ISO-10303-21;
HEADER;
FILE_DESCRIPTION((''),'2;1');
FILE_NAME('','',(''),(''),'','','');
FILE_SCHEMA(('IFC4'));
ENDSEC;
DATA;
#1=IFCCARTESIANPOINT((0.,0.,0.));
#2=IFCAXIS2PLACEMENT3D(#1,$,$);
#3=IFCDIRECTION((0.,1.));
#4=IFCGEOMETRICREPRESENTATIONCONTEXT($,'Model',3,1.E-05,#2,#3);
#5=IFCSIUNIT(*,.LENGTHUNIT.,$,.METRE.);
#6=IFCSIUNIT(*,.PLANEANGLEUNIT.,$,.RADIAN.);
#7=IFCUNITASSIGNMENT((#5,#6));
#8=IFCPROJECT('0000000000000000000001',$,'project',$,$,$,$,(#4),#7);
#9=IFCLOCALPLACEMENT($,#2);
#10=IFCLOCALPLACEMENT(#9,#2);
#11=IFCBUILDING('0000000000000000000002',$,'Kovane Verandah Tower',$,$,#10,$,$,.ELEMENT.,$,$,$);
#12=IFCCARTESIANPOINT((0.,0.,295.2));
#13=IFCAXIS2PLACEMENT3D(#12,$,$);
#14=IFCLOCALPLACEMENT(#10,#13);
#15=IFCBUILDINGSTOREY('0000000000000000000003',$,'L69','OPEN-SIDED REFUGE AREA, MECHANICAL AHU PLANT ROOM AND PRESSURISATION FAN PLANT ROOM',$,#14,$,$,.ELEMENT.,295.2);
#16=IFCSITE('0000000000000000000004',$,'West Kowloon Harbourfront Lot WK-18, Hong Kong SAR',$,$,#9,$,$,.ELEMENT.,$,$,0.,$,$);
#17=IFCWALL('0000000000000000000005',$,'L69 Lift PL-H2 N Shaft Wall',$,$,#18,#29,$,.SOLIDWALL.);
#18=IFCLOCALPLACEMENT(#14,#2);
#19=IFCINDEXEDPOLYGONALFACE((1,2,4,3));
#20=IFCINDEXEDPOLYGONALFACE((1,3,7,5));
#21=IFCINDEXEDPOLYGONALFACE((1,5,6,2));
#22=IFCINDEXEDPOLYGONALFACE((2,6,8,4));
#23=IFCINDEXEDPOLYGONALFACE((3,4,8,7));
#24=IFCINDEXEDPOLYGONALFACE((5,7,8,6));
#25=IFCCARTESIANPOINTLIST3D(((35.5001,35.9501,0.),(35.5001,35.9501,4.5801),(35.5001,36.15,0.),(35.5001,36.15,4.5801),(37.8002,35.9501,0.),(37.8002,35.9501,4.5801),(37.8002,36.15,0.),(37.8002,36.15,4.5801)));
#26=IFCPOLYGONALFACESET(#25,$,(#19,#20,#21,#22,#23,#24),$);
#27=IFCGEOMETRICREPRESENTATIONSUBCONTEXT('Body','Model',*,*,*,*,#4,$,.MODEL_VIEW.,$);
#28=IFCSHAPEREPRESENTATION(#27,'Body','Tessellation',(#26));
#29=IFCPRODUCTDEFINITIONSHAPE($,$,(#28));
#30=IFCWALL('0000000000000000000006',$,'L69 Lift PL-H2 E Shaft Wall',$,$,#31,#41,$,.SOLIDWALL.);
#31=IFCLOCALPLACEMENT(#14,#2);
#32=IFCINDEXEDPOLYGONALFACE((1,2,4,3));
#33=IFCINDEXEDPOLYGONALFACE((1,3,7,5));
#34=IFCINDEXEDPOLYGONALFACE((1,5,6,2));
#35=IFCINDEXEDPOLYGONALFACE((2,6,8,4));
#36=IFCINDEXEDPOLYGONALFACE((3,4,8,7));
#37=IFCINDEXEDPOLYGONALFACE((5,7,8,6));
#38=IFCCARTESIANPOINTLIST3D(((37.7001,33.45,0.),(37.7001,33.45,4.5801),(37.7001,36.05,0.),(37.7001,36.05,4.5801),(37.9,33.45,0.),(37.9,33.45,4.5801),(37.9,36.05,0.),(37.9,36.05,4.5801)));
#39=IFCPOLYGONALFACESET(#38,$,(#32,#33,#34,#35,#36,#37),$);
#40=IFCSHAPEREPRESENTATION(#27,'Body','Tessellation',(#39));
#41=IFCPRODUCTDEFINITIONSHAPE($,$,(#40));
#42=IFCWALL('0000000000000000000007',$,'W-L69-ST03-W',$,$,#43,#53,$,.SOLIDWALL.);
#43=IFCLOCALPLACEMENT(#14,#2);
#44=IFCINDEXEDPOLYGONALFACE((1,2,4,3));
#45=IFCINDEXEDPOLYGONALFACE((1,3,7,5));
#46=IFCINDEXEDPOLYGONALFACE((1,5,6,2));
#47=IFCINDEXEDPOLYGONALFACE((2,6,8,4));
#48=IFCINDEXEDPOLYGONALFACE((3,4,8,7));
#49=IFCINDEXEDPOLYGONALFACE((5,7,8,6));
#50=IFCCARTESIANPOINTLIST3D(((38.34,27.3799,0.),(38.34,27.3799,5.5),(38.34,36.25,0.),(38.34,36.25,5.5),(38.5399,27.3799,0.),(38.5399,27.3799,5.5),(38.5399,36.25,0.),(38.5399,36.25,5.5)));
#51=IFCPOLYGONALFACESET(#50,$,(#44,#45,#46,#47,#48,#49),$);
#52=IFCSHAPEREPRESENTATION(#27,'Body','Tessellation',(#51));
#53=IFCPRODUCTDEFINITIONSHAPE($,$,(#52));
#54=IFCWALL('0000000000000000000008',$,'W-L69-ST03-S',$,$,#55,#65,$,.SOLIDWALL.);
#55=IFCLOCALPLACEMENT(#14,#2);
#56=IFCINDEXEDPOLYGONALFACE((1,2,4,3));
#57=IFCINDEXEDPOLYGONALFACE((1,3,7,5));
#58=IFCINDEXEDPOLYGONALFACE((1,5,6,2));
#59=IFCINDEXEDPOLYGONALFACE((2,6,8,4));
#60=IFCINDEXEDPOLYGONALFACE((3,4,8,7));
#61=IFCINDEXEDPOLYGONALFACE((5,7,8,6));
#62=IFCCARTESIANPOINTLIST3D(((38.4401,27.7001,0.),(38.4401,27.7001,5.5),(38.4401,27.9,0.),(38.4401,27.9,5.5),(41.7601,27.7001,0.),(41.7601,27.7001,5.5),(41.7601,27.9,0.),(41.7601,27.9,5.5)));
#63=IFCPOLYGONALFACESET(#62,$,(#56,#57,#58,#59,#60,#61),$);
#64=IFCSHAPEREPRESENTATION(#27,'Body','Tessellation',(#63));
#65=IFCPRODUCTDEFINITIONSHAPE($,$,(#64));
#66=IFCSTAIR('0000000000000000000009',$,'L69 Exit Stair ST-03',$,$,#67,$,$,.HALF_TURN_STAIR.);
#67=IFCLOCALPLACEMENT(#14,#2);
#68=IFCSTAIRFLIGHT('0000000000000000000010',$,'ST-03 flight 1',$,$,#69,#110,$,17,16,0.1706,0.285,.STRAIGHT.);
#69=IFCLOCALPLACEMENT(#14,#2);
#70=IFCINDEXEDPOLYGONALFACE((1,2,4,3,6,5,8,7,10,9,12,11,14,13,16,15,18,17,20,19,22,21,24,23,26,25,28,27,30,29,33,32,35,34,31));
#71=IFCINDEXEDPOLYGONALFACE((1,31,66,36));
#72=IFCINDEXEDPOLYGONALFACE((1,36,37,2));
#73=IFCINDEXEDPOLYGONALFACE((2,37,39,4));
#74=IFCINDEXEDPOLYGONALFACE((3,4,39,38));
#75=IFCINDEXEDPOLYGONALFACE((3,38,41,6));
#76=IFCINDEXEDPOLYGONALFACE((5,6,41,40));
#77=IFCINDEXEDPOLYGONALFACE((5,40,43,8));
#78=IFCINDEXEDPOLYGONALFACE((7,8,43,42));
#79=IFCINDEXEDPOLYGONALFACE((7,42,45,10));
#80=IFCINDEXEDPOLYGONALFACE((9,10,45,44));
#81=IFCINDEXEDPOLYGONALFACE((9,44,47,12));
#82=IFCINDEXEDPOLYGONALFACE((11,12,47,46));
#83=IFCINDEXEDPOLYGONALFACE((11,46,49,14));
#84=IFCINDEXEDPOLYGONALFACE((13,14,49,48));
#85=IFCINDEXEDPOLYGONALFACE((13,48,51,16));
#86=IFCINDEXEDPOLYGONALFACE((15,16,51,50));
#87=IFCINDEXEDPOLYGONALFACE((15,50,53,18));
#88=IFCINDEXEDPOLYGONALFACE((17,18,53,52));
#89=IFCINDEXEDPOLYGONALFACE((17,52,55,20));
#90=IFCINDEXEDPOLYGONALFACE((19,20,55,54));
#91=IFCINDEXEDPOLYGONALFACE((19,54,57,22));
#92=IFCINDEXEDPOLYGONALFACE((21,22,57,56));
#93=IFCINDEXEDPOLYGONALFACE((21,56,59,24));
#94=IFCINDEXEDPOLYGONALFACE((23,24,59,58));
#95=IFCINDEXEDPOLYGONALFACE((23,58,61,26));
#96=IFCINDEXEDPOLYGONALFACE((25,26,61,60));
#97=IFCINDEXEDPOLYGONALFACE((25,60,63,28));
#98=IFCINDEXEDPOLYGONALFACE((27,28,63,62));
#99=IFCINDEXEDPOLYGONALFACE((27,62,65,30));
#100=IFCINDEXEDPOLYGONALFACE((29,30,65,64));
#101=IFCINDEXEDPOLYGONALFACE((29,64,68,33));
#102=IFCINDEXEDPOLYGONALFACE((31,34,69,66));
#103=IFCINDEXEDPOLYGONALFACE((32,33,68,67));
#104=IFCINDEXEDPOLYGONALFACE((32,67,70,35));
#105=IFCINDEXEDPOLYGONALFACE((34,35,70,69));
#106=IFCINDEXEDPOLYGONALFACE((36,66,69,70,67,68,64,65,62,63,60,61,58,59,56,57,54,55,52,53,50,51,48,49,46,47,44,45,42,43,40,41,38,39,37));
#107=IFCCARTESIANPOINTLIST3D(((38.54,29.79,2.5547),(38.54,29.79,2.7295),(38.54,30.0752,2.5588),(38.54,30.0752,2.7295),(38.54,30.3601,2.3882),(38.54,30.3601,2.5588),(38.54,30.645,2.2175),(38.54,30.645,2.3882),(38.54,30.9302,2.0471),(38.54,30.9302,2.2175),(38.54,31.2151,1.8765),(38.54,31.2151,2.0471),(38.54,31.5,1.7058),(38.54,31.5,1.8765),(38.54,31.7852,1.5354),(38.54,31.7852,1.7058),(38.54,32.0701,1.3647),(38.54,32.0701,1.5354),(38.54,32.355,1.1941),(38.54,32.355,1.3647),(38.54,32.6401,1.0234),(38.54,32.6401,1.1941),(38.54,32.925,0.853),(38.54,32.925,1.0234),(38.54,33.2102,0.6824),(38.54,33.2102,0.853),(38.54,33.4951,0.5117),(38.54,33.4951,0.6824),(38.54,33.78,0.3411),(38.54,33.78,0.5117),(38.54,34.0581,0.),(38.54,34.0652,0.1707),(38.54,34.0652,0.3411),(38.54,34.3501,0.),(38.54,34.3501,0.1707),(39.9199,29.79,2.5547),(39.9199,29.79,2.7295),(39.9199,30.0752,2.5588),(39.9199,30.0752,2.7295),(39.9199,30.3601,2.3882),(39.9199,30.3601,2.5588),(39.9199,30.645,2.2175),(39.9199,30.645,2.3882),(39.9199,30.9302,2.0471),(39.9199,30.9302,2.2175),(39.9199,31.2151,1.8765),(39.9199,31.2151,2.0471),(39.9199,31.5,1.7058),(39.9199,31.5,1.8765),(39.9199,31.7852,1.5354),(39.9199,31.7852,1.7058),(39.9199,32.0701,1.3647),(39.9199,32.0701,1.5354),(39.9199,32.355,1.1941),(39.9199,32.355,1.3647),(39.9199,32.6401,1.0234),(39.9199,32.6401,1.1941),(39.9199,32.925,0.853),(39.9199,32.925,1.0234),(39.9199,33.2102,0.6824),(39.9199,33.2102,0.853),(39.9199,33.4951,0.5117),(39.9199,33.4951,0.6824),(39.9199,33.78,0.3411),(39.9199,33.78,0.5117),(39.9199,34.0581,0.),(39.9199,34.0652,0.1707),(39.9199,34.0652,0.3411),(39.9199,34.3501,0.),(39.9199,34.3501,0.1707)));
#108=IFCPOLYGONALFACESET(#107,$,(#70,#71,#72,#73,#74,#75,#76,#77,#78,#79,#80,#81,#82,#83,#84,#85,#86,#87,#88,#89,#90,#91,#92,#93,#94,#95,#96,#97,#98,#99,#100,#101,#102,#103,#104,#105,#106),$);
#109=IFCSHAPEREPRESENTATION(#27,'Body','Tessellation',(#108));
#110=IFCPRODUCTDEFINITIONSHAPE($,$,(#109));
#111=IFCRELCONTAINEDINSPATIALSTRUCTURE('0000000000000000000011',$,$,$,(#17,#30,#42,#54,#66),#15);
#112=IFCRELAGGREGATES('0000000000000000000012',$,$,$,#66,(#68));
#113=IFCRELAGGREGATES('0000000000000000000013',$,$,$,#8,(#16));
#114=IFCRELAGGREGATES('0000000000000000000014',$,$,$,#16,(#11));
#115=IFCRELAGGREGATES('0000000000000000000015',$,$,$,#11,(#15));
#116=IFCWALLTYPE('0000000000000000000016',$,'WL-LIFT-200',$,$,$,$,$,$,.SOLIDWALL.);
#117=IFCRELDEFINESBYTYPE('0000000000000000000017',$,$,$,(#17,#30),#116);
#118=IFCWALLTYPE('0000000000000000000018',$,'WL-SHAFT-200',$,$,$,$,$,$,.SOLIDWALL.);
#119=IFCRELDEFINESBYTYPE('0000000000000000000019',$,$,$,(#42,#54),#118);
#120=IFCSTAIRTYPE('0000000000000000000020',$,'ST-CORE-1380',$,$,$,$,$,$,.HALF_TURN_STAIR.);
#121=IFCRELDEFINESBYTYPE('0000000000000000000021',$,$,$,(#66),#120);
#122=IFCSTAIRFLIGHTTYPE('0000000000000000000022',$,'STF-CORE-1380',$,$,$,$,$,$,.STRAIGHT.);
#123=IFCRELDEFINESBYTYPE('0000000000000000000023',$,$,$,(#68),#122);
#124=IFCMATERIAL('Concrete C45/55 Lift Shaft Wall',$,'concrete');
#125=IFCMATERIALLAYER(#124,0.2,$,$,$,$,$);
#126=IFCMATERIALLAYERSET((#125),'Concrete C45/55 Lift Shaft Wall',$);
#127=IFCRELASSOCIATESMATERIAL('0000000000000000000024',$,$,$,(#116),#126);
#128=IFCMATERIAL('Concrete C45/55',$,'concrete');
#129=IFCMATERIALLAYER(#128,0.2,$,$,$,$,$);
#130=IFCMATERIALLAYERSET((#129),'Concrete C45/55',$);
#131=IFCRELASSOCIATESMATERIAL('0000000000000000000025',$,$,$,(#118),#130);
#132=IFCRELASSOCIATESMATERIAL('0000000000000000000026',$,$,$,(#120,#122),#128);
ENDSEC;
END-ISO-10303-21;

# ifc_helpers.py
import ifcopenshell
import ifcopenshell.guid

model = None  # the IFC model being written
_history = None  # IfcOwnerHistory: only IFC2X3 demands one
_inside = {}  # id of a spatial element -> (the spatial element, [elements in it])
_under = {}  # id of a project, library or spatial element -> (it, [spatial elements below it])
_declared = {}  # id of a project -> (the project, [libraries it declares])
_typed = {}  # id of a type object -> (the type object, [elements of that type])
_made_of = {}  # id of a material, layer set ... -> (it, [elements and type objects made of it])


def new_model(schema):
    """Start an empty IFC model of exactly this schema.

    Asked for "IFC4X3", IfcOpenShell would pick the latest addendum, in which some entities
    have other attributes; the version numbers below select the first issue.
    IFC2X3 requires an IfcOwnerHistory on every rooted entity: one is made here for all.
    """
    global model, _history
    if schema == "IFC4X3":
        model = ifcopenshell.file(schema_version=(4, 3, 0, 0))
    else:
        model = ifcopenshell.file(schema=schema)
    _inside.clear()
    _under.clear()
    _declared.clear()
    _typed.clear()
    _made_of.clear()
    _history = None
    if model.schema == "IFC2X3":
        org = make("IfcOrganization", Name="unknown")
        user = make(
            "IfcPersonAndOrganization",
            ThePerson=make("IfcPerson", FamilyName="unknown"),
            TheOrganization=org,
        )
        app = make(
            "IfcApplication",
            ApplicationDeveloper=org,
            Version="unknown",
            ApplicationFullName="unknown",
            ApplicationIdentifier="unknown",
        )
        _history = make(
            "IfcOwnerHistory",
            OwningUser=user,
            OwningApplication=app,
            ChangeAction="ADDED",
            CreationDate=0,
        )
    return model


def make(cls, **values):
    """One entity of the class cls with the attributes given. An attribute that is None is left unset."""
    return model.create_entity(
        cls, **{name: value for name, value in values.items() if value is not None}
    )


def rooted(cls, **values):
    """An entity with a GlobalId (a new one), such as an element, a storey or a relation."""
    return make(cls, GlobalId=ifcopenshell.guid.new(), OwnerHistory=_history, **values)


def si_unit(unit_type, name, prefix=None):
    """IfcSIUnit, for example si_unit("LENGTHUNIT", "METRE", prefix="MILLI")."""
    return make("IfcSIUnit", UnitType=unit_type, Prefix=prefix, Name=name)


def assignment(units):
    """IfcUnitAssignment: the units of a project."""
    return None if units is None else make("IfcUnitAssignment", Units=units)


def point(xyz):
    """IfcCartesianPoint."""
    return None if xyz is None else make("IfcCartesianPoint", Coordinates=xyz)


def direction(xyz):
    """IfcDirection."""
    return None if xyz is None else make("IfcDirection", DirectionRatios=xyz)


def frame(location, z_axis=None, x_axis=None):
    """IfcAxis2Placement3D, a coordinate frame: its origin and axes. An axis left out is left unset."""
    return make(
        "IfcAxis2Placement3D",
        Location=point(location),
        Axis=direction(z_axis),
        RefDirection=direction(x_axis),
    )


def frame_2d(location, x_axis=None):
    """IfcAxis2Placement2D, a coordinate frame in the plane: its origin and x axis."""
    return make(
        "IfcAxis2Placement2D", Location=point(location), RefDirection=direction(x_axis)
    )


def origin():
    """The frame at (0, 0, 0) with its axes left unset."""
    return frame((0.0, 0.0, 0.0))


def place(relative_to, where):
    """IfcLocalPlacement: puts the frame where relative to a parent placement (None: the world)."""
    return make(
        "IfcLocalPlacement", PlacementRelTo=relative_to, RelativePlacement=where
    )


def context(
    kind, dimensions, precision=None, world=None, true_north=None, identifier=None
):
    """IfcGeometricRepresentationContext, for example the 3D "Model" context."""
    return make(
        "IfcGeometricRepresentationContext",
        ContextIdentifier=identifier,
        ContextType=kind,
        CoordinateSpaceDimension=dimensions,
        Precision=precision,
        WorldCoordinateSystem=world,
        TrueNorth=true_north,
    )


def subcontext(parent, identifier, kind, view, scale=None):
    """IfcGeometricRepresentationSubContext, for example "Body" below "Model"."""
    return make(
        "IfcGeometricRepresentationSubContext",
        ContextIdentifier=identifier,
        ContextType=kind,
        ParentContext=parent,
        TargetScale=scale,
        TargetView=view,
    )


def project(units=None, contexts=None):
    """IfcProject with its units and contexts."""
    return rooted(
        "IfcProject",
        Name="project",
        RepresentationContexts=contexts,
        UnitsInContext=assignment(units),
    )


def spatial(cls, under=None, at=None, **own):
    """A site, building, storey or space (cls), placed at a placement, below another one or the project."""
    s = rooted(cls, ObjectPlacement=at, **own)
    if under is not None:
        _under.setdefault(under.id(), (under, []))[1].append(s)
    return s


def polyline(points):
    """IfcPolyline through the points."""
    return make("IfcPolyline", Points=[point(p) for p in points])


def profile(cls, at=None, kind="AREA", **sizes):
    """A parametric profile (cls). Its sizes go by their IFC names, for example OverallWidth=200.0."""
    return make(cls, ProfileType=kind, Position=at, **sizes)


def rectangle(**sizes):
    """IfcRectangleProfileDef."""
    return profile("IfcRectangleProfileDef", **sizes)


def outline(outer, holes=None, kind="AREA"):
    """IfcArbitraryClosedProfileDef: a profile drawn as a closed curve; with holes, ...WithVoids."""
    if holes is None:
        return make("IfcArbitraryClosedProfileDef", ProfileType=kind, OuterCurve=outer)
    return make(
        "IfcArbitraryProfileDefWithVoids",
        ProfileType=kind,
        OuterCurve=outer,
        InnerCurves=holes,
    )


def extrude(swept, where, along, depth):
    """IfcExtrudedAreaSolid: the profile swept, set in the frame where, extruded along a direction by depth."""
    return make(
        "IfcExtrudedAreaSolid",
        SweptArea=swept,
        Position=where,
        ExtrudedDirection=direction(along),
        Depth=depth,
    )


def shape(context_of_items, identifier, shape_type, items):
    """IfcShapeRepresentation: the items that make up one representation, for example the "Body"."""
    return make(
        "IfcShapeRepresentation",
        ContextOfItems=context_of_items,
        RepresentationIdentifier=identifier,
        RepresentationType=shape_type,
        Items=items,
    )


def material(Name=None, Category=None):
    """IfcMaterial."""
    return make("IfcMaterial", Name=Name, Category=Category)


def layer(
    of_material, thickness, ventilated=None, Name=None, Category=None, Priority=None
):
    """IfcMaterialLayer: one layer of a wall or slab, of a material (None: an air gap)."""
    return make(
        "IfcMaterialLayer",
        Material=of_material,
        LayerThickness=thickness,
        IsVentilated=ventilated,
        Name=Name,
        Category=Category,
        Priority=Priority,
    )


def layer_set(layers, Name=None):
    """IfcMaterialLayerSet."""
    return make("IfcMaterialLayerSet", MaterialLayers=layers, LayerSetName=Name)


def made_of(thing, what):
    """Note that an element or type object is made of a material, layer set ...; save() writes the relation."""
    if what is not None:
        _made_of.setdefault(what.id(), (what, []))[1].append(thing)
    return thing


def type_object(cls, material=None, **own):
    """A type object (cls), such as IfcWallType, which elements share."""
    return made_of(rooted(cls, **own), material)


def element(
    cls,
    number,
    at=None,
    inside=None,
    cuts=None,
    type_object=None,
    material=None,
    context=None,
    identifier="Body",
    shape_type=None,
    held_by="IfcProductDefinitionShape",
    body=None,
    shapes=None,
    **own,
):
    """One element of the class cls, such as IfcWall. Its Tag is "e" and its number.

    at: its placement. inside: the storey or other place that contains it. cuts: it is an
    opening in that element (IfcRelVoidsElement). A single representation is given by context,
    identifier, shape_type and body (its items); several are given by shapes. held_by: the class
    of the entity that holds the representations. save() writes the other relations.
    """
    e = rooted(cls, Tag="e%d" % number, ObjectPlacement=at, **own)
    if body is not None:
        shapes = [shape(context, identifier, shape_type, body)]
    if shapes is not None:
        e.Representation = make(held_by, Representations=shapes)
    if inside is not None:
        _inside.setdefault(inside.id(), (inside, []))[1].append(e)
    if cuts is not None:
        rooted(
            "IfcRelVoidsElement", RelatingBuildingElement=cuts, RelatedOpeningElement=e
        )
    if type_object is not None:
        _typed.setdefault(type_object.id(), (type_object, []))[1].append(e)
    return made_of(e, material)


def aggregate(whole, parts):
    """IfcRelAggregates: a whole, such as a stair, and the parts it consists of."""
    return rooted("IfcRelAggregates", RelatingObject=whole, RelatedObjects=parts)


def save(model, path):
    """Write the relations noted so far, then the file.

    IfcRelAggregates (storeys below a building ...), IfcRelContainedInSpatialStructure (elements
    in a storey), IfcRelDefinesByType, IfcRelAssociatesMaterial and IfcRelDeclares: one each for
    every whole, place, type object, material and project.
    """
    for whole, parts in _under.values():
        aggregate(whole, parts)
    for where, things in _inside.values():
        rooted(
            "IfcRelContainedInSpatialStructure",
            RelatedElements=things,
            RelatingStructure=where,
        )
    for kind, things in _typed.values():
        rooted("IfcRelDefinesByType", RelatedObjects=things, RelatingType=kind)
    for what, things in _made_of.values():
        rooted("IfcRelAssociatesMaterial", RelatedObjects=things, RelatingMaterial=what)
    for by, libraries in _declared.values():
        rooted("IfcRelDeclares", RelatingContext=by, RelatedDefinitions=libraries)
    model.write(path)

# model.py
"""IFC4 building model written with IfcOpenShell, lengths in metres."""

from ifc_helpers import new_model, si_unit, direction, frame, frame_2d, origin, place, context, subcontext, project, spatial, polyline, rectangle, outline, extrude, material, layer, layer_set, type_object, element, aggregate, save


model = new_model("IFC4")

# Units and contexts
model_context = context("Model", 3, precision=1e-05, world=origin(), true_north=direction((0.0, 1.0)))
body_context = subcontext(model_context, "Body", "Model", "MODEL_VIEW")
ifc_project = project(units=[si_unit("LENGTHUNIT", "METRE"), si_unit("PLANEANGLEUNIT", "RADIAN")], contexts=[model_context])

# Site, building, storey
site_placement = place(None, origin())
site = spatial("IfcSite", under=ifc_project, at=site_placement, Name="West Kowloon Harbourfront Lot WK-18, Hong Kong SAR", CompositionType="ELEMENT", RefElevation=0.0)
building_placement = place(site_placement, origin())
building = spatial("IfcBuilding", under=site, at=building_placement, Name="Kovane Verandah Tower", CompositionType="ELEMENT")
storey_placement = place(building_placement, frame((0.0, 0.0, 295.2)))
storey = spatial("IfcBuildingStorey", under=building, at=storey_placement, Name="L69", Description="OPEN-SIDED REFUGE AREA, MECHANICAL AHU PLANT ROOM AND PRESSURISATION FAN PLANT ROOM", CompositionType="ELEMENT", Elevation=295.2)

# Shared definitions
ifc_material_1 = material(Name="Concrete C45/55 Lift Shaft Wall", Category="concrete")
ifc_layer_1 = layer(ifc_material_1, 0.2)
ifc_layer_set_1 = layer_set([ifc_layer_1], Name="Concrete C45/55 Lift Shaft Wall")
wall_type_1 = type_object("IfcWallType", Name="WL-LIFT-200", PredefinedType="SOLIDWALL", material=ifc_layer_set_1)

# Walls
wall_1_placement = place(storey_placement, frame((37.8, 36.05, 0.0), z_axis=(0.0, 0.0, 1.0), x_axis=(-1.0, 0.0, 0.0)))
element("IfcWall", 1, at=wall_1_placement, inside=storey, type_object=wall_type_1, Name="L69 Lift PL-H2 N Shaft Wall", PredefinedType="SOLIDWALL", context=body_context, shape_type="SweptSolid", body=[
    extrude(rectangle(XDim=2.3, YDim=0.2, at=frame_2d((1.1499, 0.0))), origin(), (0.0, 0.0, 1.0), 4.5801),
])
wall_2_placement = place(storey_placement, frame((37.8, 33.45, 0.0), z_axis=(0.0, 0.0, 1.0), x_axis=(0.0, 1.0, 0.0)))
element("IfcWall", 2, at=wall_2_placement, inside=storey, type_object=wall_type_1, Name="L69 Lift PL-H2 E Shaft Wall", PredefinedType="SOLIDWALL", context=body_context, shape_type="SweptSolid", body=[
    extrude(rectangle(XDim=2.6001, YDim=0.2, at=frame_2d((1.3, 0.0))), origin(), (0.0, 0.0, 1.0), 4.5801),
])
ifc_material_2 = material(Name="Concrete C45/55", Category="concrete")
ifc_layer_2 = layer(ifc_material_2, 0.2)
ifc_layer_set_2 = layer_set([ifc_layer_2], Name="Concrete C45/55")
wall_type_2 = type_object("IfcWallType", Name="WL-SHAFT-200", PredefinedType="SOLIDWALL", material=ifc_layer_set_2)
wall_3_placement = place(storey_placement, frame((38.4399, 27.3799, 0.0), z_axis=(0.0, 0.0, 1.0), x_axis=(0.0, 1.0, 0.0)))
element("IfcWall", 3, at=wall_3_placement, inside=storey, type_object=wall_type_2, Name="W-L69-ST03-W", PredefinedType="SOLIDWALL", context=body_context, shape_type="SweptSolid", body=[
    extrude(rectangle(XDim=8.8701, YDim=0.2, at=frame_2d((4.4351, 0.0))), origin(), (0.0, 0.0, 1.0), 5.5),
])
wall_4_placement = place(storey_placement, frame((38.4399, 27.8, 0.0), z_axis=(0.0, 0.0, 1.0), x_axis=(1.0, 0.0, 0.0)))
element("IfcWall", 4, at=wall_4_placement, inside=storey, type_object=wall_type_2, Name="W-L69-ST03-S", PredefinedType="SOLIDWALL", context=body_context, shape_type="SweptSolid", body=[
    extrude(rectangle(XDim=3.3201, YDim=0.2, at=frame_2d((1.6602, 0.0))), origin(), (0.0, 0.0, 1.0), 5.5),
])

# Stair, stair flight
stair_type = type_object("IfcStairType", Name="ST-CORE-1380", PredefinedType="HALF_TURN_STAIR", material=ifc_material_2)
stair_placement = place(storey_placement, origin())
stair = element("IfcStair", 5, at=stair_placement, inside=storey, type_object=stair_type, Name="L69 Exit Stair ST-03", PredefinedType="HALF_TURN_STAIR")
stair_flight_type = type_object("IfcStairFlightType", Name="STF-CORE-1380", PredefinedType="STRAIGHT", material=ifc_material_2)
stair_flight_placement = place(storey_placement, frame((39.23, 34.3501, 0.0), z_axis=(0.0, 0.0, 1.0), x_axis=(0.0, -1.0, 0.0)))
stair_flight = element("IfcStairFlight", 6, at=stair_flight_placement, type_object=stair_flight_type, Name="ST-03 flight 1", NumberOfRisers=17, NumberOfTreads=16, PredefinedType="STRAIGHT", RiserHeight=0.1706, TreadLength=0.285, context=body_context, shape_type="SweptSolid", body=[
    extrude(outline(polyline([(0.0, 0.0), (0.0, 0.1707), (0.2849, 0.1707), (0.2849, 0.3411), (0.5701, 0.3411), (0.5701, 0.5117), (0.855, 0.5117), (0.855, 0.6824), (1.1399, 0.6824), (1.1399, 0.853), (1.425, 0.853), (1.425, 1.0234), (1.71, 1.0234), (1.71, 1.1941), (1.9951, 1.1941), (1.9951, 1.3647), (2.28, 1.3647), (2.28, 1.5354), (2.5649, 1.5354), (2.5649, 1.7058), (2.8501, 1.7058), (2.8501, 1.8765), (3.135, 1.8765), (3.135, 2.0471), (3.4199, 2.0471), (3.4199, 2.2175), (3.7051, 2.2175), (3.7051, 2.3882), (3.99, 2.3882), (3.99, 2.5588), (4.2749, 2.5588), (4.2749, 2.7295), (4.5601, 2.7295), (4.5601, 2.8999), (4.5601, 2.5547), (0.292, 0.0), (0.0, 0.0)])), frame((0.0, 0.6899, 0.0), z_axis=(0.0, -1.0, 0.0), x_axis=(1.0, 0.0, 0.0)), (0.0, 0.0, 1.0), 1.3799),
])
aggregate(stair, [stair_flight])

save(model, "model.ifc")
